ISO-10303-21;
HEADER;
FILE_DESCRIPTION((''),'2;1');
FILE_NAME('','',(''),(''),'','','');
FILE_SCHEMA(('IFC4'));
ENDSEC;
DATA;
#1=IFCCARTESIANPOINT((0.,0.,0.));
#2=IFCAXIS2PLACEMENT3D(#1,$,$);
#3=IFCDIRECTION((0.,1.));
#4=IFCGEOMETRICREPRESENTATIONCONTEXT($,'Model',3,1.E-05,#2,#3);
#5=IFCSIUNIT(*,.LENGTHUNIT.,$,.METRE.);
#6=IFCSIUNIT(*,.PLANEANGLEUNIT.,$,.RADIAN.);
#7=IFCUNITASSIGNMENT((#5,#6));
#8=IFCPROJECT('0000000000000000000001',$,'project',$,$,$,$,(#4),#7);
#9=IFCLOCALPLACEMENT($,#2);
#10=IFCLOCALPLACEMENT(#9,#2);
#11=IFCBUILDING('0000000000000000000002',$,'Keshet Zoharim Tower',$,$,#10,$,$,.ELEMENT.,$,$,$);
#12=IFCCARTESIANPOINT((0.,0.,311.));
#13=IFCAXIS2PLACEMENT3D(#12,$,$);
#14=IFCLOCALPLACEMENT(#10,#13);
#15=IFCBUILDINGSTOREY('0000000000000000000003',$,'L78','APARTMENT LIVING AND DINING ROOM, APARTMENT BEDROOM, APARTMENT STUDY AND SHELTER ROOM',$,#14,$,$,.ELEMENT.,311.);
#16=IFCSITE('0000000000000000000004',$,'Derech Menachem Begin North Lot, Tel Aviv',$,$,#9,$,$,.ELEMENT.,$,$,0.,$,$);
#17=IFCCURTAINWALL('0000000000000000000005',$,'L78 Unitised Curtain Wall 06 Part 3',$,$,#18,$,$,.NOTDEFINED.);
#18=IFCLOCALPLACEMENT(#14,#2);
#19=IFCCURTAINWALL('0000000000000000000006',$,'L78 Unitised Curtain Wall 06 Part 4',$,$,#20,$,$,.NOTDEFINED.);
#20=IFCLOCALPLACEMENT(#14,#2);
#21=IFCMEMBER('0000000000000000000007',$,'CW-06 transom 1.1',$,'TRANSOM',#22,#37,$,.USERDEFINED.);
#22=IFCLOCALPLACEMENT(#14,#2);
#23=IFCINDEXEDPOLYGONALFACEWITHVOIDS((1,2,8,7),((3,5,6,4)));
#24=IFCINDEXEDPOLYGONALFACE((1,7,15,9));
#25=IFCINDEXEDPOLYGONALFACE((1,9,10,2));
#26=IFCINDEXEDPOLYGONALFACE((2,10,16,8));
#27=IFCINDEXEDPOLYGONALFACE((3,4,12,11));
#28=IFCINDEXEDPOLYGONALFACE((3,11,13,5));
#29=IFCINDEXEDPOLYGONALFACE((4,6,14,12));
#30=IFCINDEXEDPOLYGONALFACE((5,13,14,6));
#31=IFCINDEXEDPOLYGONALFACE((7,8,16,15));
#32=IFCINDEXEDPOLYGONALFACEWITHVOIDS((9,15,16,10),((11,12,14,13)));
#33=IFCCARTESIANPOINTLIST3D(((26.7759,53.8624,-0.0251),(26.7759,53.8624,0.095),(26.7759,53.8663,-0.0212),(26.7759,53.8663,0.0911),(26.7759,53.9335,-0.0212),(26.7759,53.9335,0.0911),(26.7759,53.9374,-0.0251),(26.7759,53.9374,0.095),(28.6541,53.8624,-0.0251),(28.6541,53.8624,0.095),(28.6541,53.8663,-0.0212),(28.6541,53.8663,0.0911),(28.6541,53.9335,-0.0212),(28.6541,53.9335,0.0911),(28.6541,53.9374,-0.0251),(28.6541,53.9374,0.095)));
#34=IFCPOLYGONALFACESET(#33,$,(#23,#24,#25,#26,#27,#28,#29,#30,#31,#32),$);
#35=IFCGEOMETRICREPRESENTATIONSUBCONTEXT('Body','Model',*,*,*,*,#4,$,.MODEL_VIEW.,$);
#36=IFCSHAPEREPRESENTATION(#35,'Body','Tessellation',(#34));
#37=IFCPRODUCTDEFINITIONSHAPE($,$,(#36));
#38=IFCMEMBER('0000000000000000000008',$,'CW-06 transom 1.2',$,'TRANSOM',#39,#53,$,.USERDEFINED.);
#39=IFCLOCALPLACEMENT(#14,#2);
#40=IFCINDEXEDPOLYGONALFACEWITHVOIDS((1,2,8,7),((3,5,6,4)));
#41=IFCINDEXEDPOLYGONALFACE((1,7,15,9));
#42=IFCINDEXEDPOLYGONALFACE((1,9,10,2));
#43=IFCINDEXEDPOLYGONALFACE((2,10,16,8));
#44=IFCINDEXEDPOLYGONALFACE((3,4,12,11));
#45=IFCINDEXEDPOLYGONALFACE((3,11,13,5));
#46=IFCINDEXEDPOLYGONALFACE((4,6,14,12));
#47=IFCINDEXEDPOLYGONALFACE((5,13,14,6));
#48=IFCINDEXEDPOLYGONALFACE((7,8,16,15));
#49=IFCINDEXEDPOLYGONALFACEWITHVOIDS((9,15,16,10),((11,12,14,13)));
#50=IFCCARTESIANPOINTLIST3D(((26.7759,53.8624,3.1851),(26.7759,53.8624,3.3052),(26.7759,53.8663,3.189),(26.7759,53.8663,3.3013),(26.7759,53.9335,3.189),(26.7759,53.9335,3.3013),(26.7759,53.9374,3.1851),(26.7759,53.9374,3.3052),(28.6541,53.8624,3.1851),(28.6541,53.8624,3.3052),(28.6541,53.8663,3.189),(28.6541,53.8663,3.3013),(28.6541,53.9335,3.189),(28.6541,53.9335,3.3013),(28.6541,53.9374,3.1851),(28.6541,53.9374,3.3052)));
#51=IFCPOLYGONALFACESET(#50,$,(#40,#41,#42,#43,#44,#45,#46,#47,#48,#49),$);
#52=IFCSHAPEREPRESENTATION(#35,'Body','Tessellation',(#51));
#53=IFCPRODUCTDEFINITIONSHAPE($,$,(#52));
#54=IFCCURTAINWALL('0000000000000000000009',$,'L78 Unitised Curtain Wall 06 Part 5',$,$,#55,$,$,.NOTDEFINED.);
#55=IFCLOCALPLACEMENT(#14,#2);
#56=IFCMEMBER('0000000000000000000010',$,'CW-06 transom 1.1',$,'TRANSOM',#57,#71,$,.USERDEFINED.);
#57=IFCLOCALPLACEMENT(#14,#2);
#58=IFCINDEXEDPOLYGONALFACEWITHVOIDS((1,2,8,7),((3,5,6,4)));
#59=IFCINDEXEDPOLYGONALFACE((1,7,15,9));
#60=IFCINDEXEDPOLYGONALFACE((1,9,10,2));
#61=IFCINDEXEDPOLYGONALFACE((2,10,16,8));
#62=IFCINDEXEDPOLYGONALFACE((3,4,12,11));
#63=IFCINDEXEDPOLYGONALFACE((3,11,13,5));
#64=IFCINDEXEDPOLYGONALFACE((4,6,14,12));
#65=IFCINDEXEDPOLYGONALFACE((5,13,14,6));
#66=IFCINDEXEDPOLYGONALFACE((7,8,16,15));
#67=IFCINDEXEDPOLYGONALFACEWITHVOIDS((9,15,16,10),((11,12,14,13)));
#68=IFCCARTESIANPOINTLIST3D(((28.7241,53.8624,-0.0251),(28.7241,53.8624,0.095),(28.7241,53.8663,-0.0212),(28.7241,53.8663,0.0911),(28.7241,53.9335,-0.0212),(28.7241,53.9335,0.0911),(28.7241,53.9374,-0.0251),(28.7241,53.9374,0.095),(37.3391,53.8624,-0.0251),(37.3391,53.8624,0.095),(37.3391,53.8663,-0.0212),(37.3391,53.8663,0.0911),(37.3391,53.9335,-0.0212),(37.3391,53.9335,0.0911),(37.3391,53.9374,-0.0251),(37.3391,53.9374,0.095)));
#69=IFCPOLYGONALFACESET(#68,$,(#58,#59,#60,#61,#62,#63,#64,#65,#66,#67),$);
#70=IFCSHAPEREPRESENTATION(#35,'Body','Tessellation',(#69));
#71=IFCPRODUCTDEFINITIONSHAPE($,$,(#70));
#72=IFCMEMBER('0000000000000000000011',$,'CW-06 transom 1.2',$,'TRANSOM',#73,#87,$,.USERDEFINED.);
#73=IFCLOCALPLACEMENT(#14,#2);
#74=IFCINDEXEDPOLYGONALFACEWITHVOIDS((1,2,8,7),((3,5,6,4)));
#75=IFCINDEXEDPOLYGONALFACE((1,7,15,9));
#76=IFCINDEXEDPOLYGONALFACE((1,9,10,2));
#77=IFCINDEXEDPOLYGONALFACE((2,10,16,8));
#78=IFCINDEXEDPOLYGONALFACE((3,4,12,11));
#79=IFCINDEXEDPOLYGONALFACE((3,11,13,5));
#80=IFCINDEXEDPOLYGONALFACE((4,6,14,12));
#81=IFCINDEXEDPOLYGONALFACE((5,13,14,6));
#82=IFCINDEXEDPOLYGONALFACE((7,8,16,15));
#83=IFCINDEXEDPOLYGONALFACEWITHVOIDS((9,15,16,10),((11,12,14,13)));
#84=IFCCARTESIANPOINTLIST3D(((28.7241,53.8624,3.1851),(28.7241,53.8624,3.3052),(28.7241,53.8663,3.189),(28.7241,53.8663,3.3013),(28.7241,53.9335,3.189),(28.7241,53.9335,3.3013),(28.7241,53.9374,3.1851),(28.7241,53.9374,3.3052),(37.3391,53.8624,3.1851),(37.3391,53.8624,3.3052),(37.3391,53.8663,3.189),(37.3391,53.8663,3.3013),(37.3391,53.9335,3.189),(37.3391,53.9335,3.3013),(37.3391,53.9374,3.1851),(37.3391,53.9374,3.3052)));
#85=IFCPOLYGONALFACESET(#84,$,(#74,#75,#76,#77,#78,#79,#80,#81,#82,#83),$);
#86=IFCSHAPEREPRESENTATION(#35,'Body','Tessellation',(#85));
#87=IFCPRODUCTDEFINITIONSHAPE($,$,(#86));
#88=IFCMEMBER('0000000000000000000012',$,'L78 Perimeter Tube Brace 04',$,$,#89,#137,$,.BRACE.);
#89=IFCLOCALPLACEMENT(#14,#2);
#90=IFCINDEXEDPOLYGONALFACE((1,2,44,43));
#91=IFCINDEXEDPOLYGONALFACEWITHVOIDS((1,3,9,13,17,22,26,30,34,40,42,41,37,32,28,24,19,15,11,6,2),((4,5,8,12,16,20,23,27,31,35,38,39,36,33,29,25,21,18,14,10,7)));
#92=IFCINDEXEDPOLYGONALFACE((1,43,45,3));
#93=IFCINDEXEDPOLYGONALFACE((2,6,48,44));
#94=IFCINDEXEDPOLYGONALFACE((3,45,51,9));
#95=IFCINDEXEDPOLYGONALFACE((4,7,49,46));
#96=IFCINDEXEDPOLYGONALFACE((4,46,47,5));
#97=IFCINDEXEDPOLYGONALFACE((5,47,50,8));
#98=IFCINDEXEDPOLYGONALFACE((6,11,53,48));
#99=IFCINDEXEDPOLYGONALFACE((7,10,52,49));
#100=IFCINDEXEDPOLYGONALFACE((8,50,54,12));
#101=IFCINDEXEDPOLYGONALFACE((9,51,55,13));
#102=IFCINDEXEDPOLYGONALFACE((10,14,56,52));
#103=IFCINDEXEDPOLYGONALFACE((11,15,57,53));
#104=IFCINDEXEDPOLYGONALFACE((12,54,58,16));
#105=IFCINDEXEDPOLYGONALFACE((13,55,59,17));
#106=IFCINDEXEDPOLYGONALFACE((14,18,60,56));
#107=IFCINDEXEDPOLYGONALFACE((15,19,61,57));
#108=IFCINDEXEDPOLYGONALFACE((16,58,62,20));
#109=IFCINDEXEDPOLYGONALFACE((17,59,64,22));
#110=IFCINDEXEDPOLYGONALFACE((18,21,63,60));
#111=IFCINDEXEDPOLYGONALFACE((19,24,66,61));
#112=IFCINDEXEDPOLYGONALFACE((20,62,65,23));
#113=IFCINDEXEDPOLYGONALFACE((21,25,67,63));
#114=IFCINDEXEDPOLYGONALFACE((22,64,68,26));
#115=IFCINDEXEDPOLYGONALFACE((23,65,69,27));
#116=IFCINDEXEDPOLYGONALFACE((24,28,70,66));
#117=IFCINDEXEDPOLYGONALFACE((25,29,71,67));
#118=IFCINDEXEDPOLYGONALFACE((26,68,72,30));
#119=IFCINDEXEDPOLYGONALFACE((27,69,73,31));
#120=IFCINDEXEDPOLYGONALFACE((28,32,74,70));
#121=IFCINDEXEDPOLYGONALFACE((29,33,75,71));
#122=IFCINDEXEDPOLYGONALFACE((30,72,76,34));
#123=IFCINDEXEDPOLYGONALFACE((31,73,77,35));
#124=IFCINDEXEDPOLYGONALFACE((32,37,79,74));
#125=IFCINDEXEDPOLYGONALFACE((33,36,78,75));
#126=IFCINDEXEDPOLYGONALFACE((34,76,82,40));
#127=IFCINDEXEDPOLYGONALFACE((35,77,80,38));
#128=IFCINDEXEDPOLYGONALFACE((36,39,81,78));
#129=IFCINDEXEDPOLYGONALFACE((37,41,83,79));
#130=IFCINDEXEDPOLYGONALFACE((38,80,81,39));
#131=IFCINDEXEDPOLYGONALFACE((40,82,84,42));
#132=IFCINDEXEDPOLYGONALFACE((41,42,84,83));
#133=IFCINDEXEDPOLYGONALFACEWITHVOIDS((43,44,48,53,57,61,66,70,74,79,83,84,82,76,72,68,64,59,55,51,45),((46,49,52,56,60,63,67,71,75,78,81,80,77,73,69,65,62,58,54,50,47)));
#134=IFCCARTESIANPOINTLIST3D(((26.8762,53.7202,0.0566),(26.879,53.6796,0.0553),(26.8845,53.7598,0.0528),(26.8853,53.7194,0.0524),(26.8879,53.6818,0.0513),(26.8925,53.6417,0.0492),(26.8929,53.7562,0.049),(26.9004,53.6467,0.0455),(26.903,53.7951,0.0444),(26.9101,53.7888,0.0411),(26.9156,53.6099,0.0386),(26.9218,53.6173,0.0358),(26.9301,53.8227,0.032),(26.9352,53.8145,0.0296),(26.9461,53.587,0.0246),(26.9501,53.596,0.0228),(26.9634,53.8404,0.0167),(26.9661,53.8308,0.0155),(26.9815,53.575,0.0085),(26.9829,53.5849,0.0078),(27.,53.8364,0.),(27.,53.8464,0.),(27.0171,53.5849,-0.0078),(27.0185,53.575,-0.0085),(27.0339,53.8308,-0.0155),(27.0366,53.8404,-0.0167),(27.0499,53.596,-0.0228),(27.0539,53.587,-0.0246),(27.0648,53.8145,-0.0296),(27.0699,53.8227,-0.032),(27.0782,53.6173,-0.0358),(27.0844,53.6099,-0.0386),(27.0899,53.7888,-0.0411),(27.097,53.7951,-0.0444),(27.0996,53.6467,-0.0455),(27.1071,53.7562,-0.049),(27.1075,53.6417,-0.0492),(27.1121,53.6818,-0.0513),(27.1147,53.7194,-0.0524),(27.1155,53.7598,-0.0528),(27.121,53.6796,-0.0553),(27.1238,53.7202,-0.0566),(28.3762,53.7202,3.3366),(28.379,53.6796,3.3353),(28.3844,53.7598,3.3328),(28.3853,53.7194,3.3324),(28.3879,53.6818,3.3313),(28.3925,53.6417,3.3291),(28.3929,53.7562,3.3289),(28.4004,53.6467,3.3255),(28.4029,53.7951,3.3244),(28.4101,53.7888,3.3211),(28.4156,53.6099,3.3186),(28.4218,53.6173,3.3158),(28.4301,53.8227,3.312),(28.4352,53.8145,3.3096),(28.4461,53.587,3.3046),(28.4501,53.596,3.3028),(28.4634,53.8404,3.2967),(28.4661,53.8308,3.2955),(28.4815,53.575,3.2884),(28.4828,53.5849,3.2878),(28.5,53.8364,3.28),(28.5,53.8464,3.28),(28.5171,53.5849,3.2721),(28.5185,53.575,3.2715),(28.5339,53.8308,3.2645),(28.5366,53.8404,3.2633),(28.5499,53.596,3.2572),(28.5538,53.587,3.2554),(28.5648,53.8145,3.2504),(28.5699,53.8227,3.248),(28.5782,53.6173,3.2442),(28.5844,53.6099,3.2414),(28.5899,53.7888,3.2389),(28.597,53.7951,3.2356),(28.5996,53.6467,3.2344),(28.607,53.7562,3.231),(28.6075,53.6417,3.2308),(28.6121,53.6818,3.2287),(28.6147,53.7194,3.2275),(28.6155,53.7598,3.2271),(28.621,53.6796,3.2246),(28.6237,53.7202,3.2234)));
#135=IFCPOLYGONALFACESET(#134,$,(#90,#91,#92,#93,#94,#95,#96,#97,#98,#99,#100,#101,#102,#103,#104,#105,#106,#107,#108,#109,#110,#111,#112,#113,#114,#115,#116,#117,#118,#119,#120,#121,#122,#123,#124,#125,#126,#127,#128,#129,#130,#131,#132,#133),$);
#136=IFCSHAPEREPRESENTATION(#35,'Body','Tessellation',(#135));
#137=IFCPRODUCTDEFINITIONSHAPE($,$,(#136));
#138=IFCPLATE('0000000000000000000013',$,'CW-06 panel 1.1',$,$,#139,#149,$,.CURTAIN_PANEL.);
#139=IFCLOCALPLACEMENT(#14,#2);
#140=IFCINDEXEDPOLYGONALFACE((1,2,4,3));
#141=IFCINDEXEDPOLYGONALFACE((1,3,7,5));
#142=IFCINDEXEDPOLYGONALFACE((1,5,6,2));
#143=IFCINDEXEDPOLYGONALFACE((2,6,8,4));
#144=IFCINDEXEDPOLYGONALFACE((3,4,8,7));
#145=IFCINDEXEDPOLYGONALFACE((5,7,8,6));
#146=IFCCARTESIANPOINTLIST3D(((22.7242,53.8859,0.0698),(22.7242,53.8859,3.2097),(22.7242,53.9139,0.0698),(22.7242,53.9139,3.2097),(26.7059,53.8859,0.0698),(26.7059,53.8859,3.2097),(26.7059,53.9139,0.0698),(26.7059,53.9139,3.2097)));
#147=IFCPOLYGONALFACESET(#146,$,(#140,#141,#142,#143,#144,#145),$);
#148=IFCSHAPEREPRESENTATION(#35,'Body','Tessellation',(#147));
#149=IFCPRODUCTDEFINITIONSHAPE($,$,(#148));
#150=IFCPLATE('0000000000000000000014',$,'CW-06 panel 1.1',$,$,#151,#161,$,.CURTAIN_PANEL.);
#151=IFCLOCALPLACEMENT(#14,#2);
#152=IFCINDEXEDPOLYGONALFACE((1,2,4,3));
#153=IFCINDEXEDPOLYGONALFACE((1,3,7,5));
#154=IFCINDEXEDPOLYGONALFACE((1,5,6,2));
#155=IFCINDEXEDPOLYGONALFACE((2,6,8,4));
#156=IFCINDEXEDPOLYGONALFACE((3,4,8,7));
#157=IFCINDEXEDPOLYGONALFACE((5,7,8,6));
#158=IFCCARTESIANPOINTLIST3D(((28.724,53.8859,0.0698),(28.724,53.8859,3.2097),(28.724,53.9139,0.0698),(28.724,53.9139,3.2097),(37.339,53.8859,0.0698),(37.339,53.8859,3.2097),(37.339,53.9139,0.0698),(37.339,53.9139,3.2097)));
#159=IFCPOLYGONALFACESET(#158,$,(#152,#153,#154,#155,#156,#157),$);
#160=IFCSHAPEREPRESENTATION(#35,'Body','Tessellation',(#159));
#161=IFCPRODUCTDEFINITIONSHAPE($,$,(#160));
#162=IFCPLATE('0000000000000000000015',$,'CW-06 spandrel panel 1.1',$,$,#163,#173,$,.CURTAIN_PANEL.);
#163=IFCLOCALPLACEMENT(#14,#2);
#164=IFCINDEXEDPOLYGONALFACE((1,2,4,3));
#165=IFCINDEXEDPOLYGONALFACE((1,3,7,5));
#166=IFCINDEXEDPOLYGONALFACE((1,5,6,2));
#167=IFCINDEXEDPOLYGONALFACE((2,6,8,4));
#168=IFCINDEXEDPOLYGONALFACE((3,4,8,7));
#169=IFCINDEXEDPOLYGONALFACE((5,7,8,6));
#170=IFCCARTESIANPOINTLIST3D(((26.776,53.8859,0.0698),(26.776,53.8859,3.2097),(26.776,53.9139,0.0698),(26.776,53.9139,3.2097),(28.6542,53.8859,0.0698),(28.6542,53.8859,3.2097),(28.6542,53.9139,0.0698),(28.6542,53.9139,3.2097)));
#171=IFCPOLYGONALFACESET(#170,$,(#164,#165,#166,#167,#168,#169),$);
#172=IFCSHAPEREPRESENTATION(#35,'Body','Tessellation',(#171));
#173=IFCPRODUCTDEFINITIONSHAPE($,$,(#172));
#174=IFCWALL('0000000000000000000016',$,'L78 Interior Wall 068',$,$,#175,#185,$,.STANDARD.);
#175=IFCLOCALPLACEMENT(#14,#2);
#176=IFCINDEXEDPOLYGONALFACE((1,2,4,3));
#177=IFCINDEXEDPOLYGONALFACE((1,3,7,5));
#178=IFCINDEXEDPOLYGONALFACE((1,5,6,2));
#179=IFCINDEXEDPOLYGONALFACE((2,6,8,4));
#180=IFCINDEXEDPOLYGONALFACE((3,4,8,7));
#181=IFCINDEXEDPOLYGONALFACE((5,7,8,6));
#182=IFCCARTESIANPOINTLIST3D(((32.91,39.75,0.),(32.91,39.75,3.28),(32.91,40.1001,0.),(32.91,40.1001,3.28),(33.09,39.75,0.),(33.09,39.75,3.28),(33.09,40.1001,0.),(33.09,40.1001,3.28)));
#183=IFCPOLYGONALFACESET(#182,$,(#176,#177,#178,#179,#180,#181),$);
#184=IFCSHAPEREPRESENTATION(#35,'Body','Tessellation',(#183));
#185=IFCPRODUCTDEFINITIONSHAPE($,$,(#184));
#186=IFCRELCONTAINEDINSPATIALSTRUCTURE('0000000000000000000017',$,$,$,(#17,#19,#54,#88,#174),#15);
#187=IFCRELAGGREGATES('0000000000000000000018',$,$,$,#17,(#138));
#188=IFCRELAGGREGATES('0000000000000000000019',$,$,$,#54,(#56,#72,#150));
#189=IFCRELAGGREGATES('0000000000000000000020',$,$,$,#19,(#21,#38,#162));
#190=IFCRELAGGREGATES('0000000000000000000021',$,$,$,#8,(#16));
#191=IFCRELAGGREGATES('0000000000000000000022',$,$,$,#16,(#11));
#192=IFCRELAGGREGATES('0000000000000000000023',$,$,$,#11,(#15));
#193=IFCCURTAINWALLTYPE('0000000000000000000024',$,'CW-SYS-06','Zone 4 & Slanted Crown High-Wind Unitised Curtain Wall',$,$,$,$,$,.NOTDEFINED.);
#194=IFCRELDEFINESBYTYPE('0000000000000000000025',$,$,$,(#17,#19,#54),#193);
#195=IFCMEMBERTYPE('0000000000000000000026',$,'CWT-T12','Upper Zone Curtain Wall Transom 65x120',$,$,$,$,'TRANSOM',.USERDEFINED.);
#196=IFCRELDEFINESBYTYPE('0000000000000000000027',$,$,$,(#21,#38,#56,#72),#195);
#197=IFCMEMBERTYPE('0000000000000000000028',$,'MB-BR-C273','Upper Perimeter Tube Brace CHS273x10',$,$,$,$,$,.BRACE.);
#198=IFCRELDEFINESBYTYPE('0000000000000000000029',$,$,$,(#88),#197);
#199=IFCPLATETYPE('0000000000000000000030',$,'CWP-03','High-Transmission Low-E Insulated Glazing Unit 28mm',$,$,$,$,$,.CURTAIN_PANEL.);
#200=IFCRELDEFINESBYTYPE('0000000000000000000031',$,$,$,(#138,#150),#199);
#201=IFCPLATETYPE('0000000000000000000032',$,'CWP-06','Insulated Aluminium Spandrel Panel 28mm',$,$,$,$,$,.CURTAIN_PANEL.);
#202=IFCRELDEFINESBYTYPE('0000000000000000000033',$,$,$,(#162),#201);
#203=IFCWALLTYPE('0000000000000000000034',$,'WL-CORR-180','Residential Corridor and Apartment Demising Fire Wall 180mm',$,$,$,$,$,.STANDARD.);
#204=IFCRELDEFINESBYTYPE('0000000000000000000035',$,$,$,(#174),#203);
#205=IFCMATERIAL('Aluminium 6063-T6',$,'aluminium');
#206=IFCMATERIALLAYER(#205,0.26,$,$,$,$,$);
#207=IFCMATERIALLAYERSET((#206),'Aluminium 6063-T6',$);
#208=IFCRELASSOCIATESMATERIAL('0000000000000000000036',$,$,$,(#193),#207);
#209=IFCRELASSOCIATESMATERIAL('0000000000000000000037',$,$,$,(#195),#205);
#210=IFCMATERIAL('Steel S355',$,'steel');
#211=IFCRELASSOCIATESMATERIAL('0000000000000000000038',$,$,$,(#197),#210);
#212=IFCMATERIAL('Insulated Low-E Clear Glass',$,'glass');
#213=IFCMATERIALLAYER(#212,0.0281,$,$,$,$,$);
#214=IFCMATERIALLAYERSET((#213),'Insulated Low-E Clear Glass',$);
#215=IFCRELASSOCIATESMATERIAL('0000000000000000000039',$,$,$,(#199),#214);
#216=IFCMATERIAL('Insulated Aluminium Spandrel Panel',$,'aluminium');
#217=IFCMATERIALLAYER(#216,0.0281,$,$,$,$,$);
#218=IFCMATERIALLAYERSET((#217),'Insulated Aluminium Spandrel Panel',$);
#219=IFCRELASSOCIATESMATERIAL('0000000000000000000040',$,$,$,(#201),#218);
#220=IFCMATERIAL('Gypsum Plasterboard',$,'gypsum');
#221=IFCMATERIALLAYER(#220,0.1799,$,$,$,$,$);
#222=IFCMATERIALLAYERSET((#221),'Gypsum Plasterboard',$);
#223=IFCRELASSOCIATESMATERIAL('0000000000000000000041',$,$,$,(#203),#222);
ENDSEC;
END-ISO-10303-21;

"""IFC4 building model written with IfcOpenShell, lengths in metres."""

from ifc_helpers import new_model, si_unit, direction, frame, frame_2d, origin, origin_2d, place, context, subcontext, project, spatial, rectangle, hollow_rectangle, hollow_circle, extrude, material, layer, layer_set, material_profile, profile_set, type_object, element, aggregate, save


model = new_model("IFC4")

# Units and contexts
model_context = context("Model", 3, precision=1e-05, world=origin(), true_north=direction((0.0, 1.0)))
body_context = subcontext(model_context, "Body", "Model", "MODEL_VIEW")
ifc_project = project(units=[si_unit("LENGTHUNIT", "METRE"), si_unit("PLANEANGLEUNIT", "RADIAN")], contexts=[model_context])

# Site, building, storey
site_placement = place(None, origin())
site = spatial("IfcSite", under=ifc_project, at=site_placement, Name="Derech Menachem Begin North Lot, Tel Aviv", CompositionType="ELEMENT", RefElevation=0.0)
building_placement = place(site_placement, origin())
building = spatial("IfcBuilding", under=site, at=building_placement, Name="Keshet Zoharim Tower", CompositionType="ELEMENT")
storey_placement = place(building_placement, frame((0.0, 0.0, 311.0)))
storey = spatial("IfcBuildingStorey", under=building, at=storey_placement, Name="L78", Description="APARTMENT LIVING AND DINING ROOM, APARTMENT BEDROOM, APARTMENT STUDY AND SHELTER ROOM", CompositionType="ELEMENT", Elevation=311.0)

# Shared definitions
ifc_material_1 = material(Name="Steel S355", Category="steel")

# Curtain wall
ifc_material_2 = material(Name="Aluminium 6063-T6", Category="aluminium")
ifc_layer_1 = layer(ifc_material_2, 0.26)
ifc_layer_set_1 = layer_set([ifc_layer_1], Name="Aluminium 6063-T6")
curtain_wall_type = type_object("IfcCurtainWallType", Name="CW-SYS-06", Description="Zone 4 & Slanted Crown High-Wind Unitised Curtain Wall", PredefinedType="NOTDEFINED", material=ifc_layer_set_1)
curtain_wall_1_placement = place(storey_placement, origin())
curtain_wall_1 = element("IfcCurtainWall", 1, at=curtain_wall_1_placement, inside=storey, type_object=curtain_wall_type, Name="L78 Unitised Curtain Wall 06 Part 3", PredefinedType="NOTDEFINED")

# Curtain walls, members
curtain_wall_2_placement = place(storey_placement, origin())
curtain_wall_2 = element("IfcCurtainWall", 2, at=curtain_wall_2_placement, inside=storey, type_object=curtain_wall_type, Name="L78 Unitised Curtain Wall 06 Part 4", PredefinedType="NOTDEFINED")
ifc_material_profile_1 = material_profile(ifc_material_2, hollow_rectangle(XDim=0.075, YDim=0.1201, WallThickness=0.0039, at=origin_2d()), Name="TRN-75x120")
ifc_profile_set_1 = profile_set([ifc_material_profile_1], Name="Aluminium 6063-T6")
member_type_1 = type_object("IfcMemberType", Name="CWT-T12", Description="Upper Zone Curtain Wall Transom 65x120", ElementType="TRANSOM", PredefinedType="USERDEFINED", material=ifc_profile_set_1)
member_1_placement = place(storey_placement, frame((26.7759, 53.8999, 0.0349), z_axis=(1.0, 0.0, 0.0), x_axis=(0.0, 1.0, 0.0)))
member_1 = element("IfcMember", 3, at=member_1_placement, type_object=member_type_1, Name="CW-06 transom 1.1", ObjectType="TRANSOM", PredefinedType="USERDEFINED", context=body_context, shape_type="SweptSolid", body=[
    extrude(hollow_rectangle(XDim=0.075, YDim=0.1201, WallThickness=0.0039, at=origin_2d()), origin(), (0.0, 0.0, 1.0), 1.8782),
])
member_2_placement = place(storey_placement, frame((26.7759, 53.8999, 3.2451), z_axis=(1.0, 0.0, 0.0), x_axis=(0.0, 1.0, 0.0)))
member_2 = element("IfcMember", 4, at=member_2_placement, type_object=member_type_1, Name="CW-06 transom 1.2", ObjectType="TRANSOM", PredefinedType="USERDEFINED", context=body_context, shape_type="SweptSolid", body=[
    extrude(hollow_rectangle(XDim=0.075, YDim=0.1201, WallThickness=0.0039, at=origin_2d()), origin(), (0.0, 0.0, 1.0), 1.8782),
])
curtain_wall_3_placement = place(storey_placement, origin())
curtain_wall_3 = element("IfcCurtainWall", 5, at=curtain_wall_3_placement, inside=storey, type_object=curtain_wall_type, Name="L78 Unitised Curtain Wall 06 Part 5", PredefinedType="NOTDEFINED")
member_3_placement = place(storey_placement, frame((28.7241, 53.8999, 0.0349), z_axis=(1.0, 0.0, 0.0), x_axis=(0.0, 1.0, 0.0)))
member_3 = element("IfcMember", 6, at=member_3_placement, type_object=member_type_1, Name="CW-06 transom 1.1", ObjectType="TRANSOM", PredefinedType="USERDEFINED", context=body_context, shape_type="SweptSolid", body=[
    extrude(hollow_rectangle(XDim=0.075, YDim=0.1201, WallThickness=0.0039, at=origin_2d()), origin(), (0.0, 0.0, 1.0), 8.615),
])
member_4_placement = place(storey_placement, frame((28.7241, 53.8999, 3.2451), z_axis=(1.0, 0.0, 0.0), x_axis=(0.0, 1.0, 0.0)))
member_4 = element("IfcMember", 7, at=member_4_placement, type_object=member_type_1, Name="CW-06 transom 1.2", ObjectType="TRANSOM", PredefinedType="USERDEFINED", context=body_context, shape_type="SweptSolid", body=[
    extrude(hollow_rectangle(XDim=0.075, YDim=0.1201, WallThickness=0.0039, at=origin_2d()), origin(), (0.0, 0.0, 1.0), 8.615),
])

# Member
ifc_material_profile_2 = material_profile(ifc_material_1, hollow_circle(Radius=0.1365, WallThickness=0.01, at=origin_2d()), Name="CHS273x10")
ifc_profile_set_2 = profile_set([ifc_material_profile_2], Name="Steel S355")
member_type_2 = type_object("IfcMemberType", Name="MB-BR-C273", Description="Upper Perimeter Tube Brace CHS273x10", PredefinedType="BRACE", material=ifc_profile_set_2)
member_5_placement = place(storey_placement, frame((27.0, 53.71, 0.0), z_axis=(0.415888, 0.0, 0.909416), x_axis=(0.0, 1.0, 0.0)))
element("IfcMember", 8, at=member_5_placement, inside=storey, type_object=member_type_2, Name="L78 Perimeter Tube Brace 04", PredefinedType="BRACE", context=body_context, shape_type="SweptSolid", body=[
    extrude(hollow_circle(Radius=0.1365, WallThickness=0.01, at=origin_2d()), origin(), (0.0, 0.0, 1.0), 3.6067),
])

# Plates
ifc_material_3 = material(Name="Insulated Low-E Clear Glass", Category="glass")
ifc_layer_2 = layer(ifc_material_3, 0.0281)
ifc_layer_set_2 = layer_set([ifc_layer_2], Name="Insulated Low-E Clear Glass")
plate_type_1 = type_object("IfcPlateType", Name="CWP-03", Description="High-Transmission Low-E Insulated Glazing Unit 28mm", PredefinedType="CURTAIN_PANEL", material=ifc_layer_set_2)
plate_1_placement = place(storey_placement, frame((24.7151, 53.8999, 0.0698), z_axis=(0.0, 0.0, 1.0), x_axis=(1.0, 0.0, 0.0)))
plate_1 = element("IfcPlate", 9, at=plate_1_placement, type_object=plate_type_1, Name="CW-06 panel 1.1", PredefinedType="CURTAIN_PANEL", context=body_context, shape_type="SweptSolid", body=[
    extrude(rectangle(XDim=3.9817, YDim=0.0281, at=origin_2d()), origin(), (0.0, 0.0, 1.0), 3.1399),
])
aggregate(curtain_wall_1, [plate_1])
plate_2_placement = place(storey_placement, frame((33.0315, 53.8999, 0.0698), z_axis=(0.0, 0.0, 1.0), x_axis=(1.0, 0.0, 0.0)))
plate_2 = element("IfcPlate", 10, at=plate_2_placement, type_object=plate_type_1, Name="CW-06 panel 1.1", PredefinedType="CURTAIN_PANEL", context=body_context, shape_type="SweptSolid", body=[
    extrude(rectangle(XDim=8.615, YDim=0.0281, at=origin_2d()), origin(), (0.0, 0.0, 1.0), 3.1399),
])
aggregate(curtain_wall_3, [member_3, member_4, plate_2])
ifc_material_4 = material(Name="Insulated Aluminium Spandrel Panel", Category="aluminium")
ifc_layer_3 = layer(ifc_material_4, 0.0281)
ifc_layer_set_3 = layer_set([ifc_layer_3], Name="Insulated Aluminium Spandrel Panel")
plate_type_2 = type_object("IfcPlateType", Name="CWP-06", Description="Insulated Aluminium Spandrel Panel 28mm", PredefinedType="CURTAIN_PANEL", material=ifc_layer_set_3)
plate_3_placement = place(storey_placement, frame((27.7151, 53.8999, 0.0698), z_axis=(0.0, 0.0, 1.0), x_axis=(1.0, 0.0, 0.0)))
plate_3 = element("IfcPlate", 11, at=plate_3_placement, type_object=plate_type_2, Name="CW-06 spandrel panel 1.1", PredefinedType="CURTAIN_PANEL", context=body_context, shape_type="SweptSolid", body=[
    extrude(rectangle(XDim=1.8782, YDim=0.0281, at=origin_2d()), origin(), (0.0, 0.0, 1.0), 3.1399),
])
aggregate(curtain_wall_2, [member_1, member_2, plate_3])

# Wall
ifc_material_5 = material(Name="Gypsum Plasterboard", Category="gypsum")
ifc_layer_4 = layer(ifc_material_5, 0.1799)
ifc_layer_set_4 = layer_set([ifc_layer_4], Name="Gypsum Plasterboard")
wall_type_1 = type_object("IfcWallType", Name="WL-CORR-180", Description="Residential Corridor and Apartment Demising Fire Wall 180mm", PredefinedType="STANDARD", material=ifc_layer_set_4)
wall_1_placement = place(storey_placement, frame((33.0, 39.75, 0.0), z_axis=(0.0, 0.0, 1.0), x_axis=(0.0, 1.0, 0.0)))
element("IfcWall", 12, at=wall_1_placement, inside=storey, type_object=wall_type_1, Name="L78 Interior Wall 068", PredefinedType="STANDARD", context=body_context, shape_type="SweptSolid", body=[
    extrude(rectangle(XDim=0.3501, YDim=0.1799, at=frame_2d((0.175, 0.0))), origin(), (0.0, 0.0, 1.0), 3.28),
])

save(model, "model.ifc")
